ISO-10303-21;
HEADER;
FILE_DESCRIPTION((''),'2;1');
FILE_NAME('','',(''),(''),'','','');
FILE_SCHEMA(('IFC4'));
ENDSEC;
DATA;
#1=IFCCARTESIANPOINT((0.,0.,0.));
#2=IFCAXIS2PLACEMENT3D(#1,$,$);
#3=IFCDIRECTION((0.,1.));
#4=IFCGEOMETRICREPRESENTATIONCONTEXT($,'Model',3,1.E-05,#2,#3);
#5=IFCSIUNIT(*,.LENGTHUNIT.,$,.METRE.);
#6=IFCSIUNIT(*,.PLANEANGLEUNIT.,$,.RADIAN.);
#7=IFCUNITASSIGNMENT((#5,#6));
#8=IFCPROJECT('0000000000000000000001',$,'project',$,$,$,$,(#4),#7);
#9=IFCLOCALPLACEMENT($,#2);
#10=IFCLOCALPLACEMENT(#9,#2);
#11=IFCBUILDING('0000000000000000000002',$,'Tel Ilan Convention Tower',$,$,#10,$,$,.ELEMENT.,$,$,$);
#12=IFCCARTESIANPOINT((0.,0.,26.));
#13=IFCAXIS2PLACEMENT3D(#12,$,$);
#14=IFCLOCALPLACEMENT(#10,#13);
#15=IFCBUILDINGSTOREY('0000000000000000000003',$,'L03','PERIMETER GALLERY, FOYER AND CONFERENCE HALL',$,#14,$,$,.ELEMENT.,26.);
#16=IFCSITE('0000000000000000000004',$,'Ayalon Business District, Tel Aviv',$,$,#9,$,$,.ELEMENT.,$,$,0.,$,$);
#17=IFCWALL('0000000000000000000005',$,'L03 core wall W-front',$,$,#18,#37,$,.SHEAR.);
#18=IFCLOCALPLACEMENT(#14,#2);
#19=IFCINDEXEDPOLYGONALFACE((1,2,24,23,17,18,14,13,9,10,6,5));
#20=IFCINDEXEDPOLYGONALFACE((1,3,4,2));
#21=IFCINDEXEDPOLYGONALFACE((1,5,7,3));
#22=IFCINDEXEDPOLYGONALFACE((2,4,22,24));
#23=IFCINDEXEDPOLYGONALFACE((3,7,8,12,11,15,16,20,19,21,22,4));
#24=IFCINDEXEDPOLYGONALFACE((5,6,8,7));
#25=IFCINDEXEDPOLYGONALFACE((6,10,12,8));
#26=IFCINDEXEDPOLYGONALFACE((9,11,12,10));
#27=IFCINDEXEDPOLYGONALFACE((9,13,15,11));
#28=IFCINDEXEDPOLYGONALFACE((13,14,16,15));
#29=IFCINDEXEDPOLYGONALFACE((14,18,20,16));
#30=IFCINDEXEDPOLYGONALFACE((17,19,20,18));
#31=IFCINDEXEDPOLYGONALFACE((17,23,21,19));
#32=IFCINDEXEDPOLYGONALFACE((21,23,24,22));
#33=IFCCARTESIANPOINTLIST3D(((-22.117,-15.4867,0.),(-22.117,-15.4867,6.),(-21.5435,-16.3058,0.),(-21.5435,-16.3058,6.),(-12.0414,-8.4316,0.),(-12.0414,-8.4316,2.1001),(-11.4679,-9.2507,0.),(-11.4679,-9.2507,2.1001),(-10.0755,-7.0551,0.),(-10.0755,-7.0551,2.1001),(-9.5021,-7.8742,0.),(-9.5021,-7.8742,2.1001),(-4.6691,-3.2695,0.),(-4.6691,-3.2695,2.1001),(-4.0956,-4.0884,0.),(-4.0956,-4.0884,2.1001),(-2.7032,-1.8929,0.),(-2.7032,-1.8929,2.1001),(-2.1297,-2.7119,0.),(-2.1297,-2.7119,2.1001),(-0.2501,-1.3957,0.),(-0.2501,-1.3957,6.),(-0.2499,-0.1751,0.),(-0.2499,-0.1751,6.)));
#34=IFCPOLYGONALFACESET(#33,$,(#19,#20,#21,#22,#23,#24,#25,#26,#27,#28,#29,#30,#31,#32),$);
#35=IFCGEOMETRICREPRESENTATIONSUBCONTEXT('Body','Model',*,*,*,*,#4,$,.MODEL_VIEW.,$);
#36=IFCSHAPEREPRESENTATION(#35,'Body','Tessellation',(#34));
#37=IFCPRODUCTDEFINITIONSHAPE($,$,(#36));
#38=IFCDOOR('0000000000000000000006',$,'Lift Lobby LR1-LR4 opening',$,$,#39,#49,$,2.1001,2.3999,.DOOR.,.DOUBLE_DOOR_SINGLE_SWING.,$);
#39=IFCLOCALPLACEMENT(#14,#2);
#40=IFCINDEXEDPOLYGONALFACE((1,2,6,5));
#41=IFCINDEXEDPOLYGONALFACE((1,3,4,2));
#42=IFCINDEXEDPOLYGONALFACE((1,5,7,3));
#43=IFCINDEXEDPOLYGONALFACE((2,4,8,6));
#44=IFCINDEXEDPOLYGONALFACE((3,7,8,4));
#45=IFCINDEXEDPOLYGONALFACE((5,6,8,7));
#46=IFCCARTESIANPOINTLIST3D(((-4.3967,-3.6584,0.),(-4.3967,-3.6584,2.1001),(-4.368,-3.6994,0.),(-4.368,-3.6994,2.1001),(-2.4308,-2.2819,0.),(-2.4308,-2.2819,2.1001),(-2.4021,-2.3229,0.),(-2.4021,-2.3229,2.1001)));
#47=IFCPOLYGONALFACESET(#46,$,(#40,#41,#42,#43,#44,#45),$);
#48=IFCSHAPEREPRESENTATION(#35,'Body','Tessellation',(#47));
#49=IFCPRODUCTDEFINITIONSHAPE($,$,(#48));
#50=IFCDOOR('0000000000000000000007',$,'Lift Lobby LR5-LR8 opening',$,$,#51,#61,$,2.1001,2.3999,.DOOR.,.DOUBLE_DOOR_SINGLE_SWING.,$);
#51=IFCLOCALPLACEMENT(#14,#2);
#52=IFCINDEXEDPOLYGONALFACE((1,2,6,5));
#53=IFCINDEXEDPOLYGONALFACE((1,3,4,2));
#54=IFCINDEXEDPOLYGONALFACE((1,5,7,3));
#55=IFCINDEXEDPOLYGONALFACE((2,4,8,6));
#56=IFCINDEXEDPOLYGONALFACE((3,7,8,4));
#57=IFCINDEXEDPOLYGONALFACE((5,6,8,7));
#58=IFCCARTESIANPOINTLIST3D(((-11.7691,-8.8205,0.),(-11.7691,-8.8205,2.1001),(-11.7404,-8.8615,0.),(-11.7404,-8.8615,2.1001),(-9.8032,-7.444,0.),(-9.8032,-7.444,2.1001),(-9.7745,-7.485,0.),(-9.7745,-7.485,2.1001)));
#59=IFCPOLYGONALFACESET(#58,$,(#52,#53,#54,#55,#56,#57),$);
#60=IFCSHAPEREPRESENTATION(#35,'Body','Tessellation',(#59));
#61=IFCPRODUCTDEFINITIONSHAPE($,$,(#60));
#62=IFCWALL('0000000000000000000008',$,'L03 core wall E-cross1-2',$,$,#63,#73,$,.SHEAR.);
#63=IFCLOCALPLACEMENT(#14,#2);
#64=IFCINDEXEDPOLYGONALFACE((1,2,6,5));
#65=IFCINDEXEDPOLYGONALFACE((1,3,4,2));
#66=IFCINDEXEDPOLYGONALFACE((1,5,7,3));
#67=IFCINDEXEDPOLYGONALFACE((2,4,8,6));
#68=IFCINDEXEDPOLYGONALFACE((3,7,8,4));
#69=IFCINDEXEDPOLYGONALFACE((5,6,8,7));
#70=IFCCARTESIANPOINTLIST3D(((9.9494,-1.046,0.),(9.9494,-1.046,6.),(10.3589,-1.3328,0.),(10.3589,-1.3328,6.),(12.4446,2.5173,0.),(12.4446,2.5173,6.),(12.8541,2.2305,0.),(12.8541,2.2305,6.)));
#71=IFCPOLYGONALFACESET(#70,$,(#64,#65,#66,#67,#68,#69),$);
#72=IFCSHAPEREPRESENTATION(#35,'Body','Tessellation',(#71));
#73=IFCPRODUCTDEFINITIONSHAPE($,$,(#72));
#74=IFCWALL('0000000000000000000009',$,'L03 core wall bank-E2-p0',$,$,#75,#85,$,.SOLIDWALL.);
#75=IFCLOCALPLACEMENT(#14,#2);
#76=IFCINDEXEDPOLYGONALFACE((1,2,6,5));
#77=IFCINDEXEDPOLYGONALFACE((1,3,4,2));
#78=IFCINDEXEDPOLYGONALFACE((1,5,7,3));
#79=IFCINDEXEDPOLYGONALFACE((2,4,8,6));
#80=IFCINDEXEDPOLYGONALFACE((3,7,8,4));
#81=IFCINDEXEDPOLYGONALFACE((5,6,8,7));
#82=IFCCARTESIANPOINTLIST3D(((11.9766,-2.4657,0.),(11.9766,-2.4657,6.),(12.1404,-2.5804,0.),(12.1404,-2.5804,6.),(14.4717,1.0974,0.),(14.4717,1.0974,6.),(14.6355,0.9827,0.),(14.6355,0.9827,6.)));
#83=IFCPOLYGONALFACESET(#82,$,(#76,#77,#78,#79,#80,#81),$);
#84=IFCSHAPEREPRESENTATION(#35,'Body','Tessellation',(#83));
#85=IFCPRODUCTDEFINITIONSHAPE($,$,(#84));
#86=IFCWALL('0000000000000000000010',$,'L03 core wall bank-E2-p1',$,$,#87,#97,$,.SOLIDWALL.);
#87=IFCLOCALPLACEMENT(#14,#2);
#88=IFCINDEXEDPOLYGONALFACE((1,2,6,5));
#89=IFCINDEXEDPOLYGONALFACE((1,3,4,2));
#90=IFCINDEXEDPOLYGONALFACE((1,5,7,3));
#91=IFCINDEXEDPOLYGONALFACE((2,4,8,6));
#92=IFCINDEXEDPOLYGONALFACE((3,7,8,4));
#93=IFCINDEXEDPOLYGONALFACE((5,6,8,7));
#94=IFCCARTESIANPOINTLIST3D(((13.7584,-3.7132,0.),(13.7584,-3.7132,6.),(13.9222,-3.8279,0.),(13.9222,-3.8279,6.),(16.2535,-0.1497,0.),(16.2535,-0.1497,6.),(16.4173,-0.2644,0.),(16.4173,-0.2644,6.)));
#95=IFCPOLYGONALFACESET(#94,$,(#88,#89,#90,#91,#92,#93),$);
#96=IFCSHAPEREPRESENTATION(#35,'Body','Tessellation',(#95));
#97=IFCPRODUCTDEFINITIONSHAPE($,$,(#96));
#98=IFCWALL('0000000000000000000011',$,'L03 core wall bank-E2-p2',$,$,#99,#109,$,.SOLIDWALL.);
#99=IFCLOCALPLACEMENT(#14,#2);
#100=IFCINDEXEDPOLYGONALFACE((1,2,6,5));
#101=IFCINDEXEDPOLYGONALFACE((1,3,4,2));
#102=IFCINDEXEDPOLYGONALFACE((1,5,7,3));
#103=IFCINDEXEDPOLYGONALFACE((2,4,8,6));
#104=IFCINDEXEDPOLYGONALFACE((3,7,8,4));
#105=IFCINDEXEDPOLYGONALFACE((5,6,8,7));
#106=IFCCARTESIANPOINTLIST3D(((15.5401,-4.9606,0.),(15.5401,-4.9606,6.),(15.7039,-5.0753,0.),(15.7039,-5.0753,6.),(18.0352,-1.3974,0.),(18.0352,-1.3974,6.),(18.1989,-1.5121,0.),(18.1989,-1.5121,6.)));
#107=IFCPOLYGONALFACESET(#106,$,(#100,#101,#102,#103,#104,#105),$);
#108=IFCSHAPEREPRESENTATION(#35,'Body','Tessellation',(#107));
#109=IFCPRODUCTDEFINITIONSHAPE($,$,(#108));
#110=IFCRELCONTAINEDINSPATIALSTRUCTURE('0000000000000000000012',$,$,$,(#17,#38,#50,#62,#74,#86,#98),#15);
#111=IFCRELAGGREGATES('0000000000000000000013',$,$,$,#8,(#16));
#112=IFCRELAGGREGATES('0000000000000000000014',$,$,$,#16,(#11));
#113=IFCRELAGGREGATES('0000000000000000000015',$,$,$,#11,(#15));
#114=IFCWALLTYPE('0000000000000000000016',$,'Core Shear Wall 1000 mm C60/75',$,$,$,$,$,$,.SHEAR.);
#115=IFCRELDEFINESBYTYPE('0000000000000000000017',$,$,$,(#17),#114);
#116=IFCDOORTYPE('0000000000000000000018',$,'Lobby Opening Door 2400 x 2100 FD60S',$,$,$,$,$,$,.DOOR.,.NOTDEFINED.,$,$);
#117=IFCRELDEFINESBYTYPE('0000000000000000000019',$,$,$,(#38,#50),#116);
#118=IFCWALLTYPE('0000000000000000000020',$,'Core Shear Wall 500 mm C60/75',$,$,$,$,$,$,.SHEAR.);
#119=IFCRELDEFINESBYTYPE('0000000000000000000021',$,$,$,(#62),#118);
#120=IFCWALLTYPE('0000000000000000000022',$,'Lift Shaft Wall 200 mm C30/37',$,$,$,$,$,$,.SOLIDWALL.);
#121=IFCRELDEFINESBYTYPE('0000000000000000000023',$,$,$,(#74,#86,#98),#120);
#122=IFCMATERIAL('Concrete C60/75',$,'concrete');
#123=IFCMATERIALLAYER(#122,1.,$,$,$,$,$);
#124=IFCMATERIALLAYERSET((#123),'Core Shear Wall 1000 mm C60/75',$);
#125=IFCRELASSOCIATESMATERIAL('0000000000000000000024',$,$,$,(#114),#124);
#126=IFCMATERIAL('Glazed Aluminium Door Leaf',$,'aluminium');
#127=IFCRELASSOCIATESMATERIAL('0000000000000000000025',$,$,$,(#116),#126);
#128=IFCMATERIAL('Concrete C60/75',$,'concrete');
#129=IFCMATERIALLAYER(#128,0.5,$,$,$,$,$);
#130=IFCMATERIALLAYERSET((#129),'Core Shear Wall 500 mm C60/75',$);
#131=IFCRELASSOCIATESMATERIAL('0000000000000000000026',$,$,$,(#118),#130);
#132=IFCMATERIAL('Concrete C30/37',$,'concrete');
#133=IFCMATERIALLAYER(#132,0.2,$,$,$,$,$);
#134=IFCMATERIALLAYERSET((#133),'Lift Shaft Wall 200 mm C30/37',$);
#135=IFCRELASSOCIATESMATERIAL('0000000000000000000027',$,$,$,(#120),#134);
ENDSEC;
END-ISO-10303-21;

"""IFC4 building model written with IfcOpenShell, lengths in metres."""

from ifc_helpers import new_model, si_unit, direction, frame, frame_2d, origin, place, context, subcontext, project, spatial, polyline, rectangle, outline, extrude, material, layer, layer_set, type_object, element, fill, save


model = new_model("IFC4")

# Units and contexts
model_context = context("Model", 3, precision=1e-05, world=origin(), true_north=direction((0.0, 1.0)))
body_context = subcontext(model_context, "Body", "Model", "MODEL_VIEW")
ifc_project = project(units=[si_unit("LENGTHUNIT", "METRE"), si_unit("PLANEANGLEUNIT", "RADIAN")], contexts=[model_context])

# Site, building, storey
site_placement = place(None, origin())
site = spatial("IfcSite", under=ifc_project, at=site_placement, Name="Ayalon Business District, Tel Aviv", CompositionType="ELEMENT", RefElevation=0.0)
building_placement = place(site_placement, origin())
building = spatial("IfcBuilding", under=site, at=building_placement, Name="Tel Ilan Convention Tower", CompositionType="ELEMENT")
storey_placement = place(building_placement, frame((0.0, 0.0, 26.0)))
storey = spatial("IfcBuildingStorey", under=building, at=storey_placement, Name="L03", Description="PERIMETER GALLERY, FOYER AND CONFERENCE HALL", CompositionType="ELEMENT", Elevation=26.0)

# Wall, openings, doors
ifc_material_1 = material(Name="Concrete C60/75", Category="concrete")
ifc_layer_1 = layer(ifc_material_1, 1.0)
ifc_layer_set_1 = layer_set([ifc_layer_1], Name="Core Shear Wall 1000 mm C60/75")
wall_type_1 = type_object("IfcWallType", Name="Core Shear Wall 1000 mm C60/75", PredefinedType="SHEAR", material=ifc_layer_set_1)
wall_1_placement = place(storey_placement, frame((0.0369, -0.5847, 0.0), z_axis=(0.0, 0.0, 1.0), x_axis=(-0.819157, -0.573569, 0.0)))
wall_1 = element("IfcWall", 1, at=wall_1_placement, inside=storey, type_object=wall_type_1, Name="L03 core wall W-front", PredefinedType="SHEAR", context=body_context, shape_type="SweptSolid", body=[
    extrude(outline(polyline([(26.6948, 0.5002), (0.7002, 0.4998), (0.0, -0.5), (26.6948, -0.4998), (26.6948, 0.5002)])), origin(), (0.0, 0.0, 1.0), 6.0),
])
opening_1_placement = place(wall_1_placement, frame((2.9949, 0.0, 0.0)))
opening_1 = element("IfcOpeningElement", 2, at=opening_1_placement, cuts=wall_1, PredefinedType="OPENING", context=body_context, shape_type="SweptSolid", body=[
    extrude(rectangle(XDim=2.3999, YDim=2.1001, at=frame_2d((1.2, 1.05))), frame((0.0, 0.51, 0.0), z_axis=(0.0, -1.0, 0.0), x_axis=(1.0, 0.0, 0.0)), (0.0, 0.0, 1.0), 1.02),
])
opening_2_placement = place(wall_1_placement, frame((11.9949, 0.0, 0.0)))
opening_2 = element("IfcOpeningElement", 3, at=opening_2_placement, cuts=wall_1, PredefinedType="OPENING", context=body_context, shape_type="SweptSolid", body=[
    extrude(rectangle(XDim=2.3999, YDim=2.1001, at=frame_2d((1.2, 1.05))), frame((0.0, 0.51, 0.0), z_axis=(0.0, -1.0, 0.0), x_axis=(1.0, 0.0, 0.0)), (0.0, 0.0, 1.0), 1.02),
])
ifc_material_2 = material(Name="Glazed Aluminium Door Leaf", Category="aluminium")
door_type_1 = type_object("IfcDoorType", Name="Lobby Opening Door 2400 x 2100 FD60S", OperationType="NOTDEFINED", PredefinedType="DOOR", material=ifc_material_2)
door_1_placement = place(opening_1_placement, origin())
door_1 = element("IfcDoor", 4, at=door_1_placement, inside=storey, type_object=door_type_1, Name="Lift Lobby LR1-LR4 opening", OperationType="DOUBLE_DOOR_SINGLE_SWING", OverallHeight=2.1001, OverallWidth=2.3999, PredefinedType="DOOR", context=body_context, shape_type="SweptSolid", body=[
    extrude(rectangle(XDim=2.3999, YDim=2.1001, at=frame_2d((1.2, 1.05))), frame((0.0, 0.0249, 0.0), z_axis=(0.0, -1.0, 0.0), x_axis=(1.0, 0.0, 0.0)), (0.0, 0.0, 1.0), 0.05),
])
fill(opening_1, door_1)
door_2_placement = place(opening_2_placement, origin())
door_2 = element("IfcDoor", 5, at=door_2_placement, inside=storey, type_object=door_type_1, Name="Lift Lobby LR5-LR8 opening", OperationType="DOUBLE_DOOR_SINGLE_SWING", OverallHeight=2.1001, OverallWidth=2.3999, PredefinedType="DOOR", context=body_context, shape_type="SweptSolid", body=[
    extrude(rectangle(XDim=2.3999, YDim=2.1001, at=frame_2d((1.2, 1.05))), frame((0.0, 0.0249, 0.0), z_axis=(0.0, -1.0, 0.0), x_axis=(1.0, 0.0, 0.0)), (0.0, 0.0, 1.0), 0.05),
])
fill(opening_2, door_2)

# Walls
ifc_material_3 = material(Name="Concrete C60/75", Category="concrete")
ifc_layer_2 = layer(ifc_material_3, 0.5)
ifc_layer_set_2 = layer_set([ifc_layer_2], Name="Core Shear Wall 500 mm C60/75")
wall_type_2 = type_object("IfcWallType", Name="Core Shear Wall 500 mm C60/75", PredefinedType="SHEAR", material=ifc_layer_set_2)
wall_2_placement = place(storey_placement, frame((10.1543, -1.1892, 0.0), z_axis=(0.0, 0.0, 1.0), x_axis=(0.573594, 0.81914, 0.0)))
element("IfcWall", 6, at=wall_2_placement, inside=storey, type_object=wall_type_2, Name="L03 core wall E-cross1-2", PredefinedType="SHEAR", context=body_context, shape_type="SweptSolid", body=[
    extrude(outline(polyline([(4.3499, -0.25), (4.3499, 0.25), (-0.0002, 0.25), (-0.0002, -0.25), (4.3499, -0.25)])), origin(), (0.0, 0.0, 1.0), 6.0),
])
ifc_material_4 = material(Name="Concrete C30/37", Category="concrete")
ifc_layer_3 = layer(ifc_material_4, 0.2)
ifc_layer_set_3 = layer_set([ifc_layer_3], Name="Lift Shaft Wall 200 mm C30/37")
wall_type_3 = type_object("IfcWallType", Name="Lift Shaft Wall 200 mm C30/37", PredefinedType="SOLIDWALL", material=ifc_layer_set_3)
wall_3_placement = place(storey_placement, frame((12.0586, -2.5229, 0.0), z_axis=(0.0, 0.0, 1.0), x_axis=(0.573594, 0.81914, 0.0)))
element("IfcWall", 7, at=wall_3_placement, inside=storey, type_object=wall_type_3, Name="L03 core wall bank-E2-p0", PredefinedType="SOLIDWALL", context=body_context, shape_type="SweptSolid", body=[
    extrude(rectangle(XDim=4.3499, YDim=0.2, at=frame_2d((2.1748, 0.0))), origin(), (0.0, 0.0, 1.0), 6.0),
])
wall_4_placement = place(storey_placement, frame((13.8403, -3.7705, 0.0), z_axis=(0.0, 0.0, 1.0), x_axis=(0.573568, 0.819158, 0.0)))
element("IfcWall", 8, at=wall_4_placement, inside=storey, type_object=wall_type_3, Name="L03 core wall bank-E2-p1", PredefinedType="SOLIDWALL", context=body_context, shape_type="SweptSolid", body=[
    extrude(rectangle(XDim=4.3501, YDim=0.2, at=frame_2d((2.175, 0.0))), origin(), (0.0, 0.0, 1.0), 6.0),
])
wall_5_placement = place(storey_placement, frame((15.6221, -5.0178, 0.0), z_axis=(0.0, 0.0, 1.0), x_axis=(0.573594, 0.81914, 0.0)))
element("IfcWall", 9, at=wall_5_placement, inside=storey, type_object=wall_type_3, Name="L03 core wall bank-E2-p2", PredefinedType="SOLIDWALL", context=body_context, shape_type="SweptSolid", body=[
    extrude(rectangle(XDim=4.3499, YDim=0.2, at=frame_2d((2.1748, 0.0))), origin(), (0.0, 0.0, 1.0), 6.0),
])

save(model, "model.ifc")
